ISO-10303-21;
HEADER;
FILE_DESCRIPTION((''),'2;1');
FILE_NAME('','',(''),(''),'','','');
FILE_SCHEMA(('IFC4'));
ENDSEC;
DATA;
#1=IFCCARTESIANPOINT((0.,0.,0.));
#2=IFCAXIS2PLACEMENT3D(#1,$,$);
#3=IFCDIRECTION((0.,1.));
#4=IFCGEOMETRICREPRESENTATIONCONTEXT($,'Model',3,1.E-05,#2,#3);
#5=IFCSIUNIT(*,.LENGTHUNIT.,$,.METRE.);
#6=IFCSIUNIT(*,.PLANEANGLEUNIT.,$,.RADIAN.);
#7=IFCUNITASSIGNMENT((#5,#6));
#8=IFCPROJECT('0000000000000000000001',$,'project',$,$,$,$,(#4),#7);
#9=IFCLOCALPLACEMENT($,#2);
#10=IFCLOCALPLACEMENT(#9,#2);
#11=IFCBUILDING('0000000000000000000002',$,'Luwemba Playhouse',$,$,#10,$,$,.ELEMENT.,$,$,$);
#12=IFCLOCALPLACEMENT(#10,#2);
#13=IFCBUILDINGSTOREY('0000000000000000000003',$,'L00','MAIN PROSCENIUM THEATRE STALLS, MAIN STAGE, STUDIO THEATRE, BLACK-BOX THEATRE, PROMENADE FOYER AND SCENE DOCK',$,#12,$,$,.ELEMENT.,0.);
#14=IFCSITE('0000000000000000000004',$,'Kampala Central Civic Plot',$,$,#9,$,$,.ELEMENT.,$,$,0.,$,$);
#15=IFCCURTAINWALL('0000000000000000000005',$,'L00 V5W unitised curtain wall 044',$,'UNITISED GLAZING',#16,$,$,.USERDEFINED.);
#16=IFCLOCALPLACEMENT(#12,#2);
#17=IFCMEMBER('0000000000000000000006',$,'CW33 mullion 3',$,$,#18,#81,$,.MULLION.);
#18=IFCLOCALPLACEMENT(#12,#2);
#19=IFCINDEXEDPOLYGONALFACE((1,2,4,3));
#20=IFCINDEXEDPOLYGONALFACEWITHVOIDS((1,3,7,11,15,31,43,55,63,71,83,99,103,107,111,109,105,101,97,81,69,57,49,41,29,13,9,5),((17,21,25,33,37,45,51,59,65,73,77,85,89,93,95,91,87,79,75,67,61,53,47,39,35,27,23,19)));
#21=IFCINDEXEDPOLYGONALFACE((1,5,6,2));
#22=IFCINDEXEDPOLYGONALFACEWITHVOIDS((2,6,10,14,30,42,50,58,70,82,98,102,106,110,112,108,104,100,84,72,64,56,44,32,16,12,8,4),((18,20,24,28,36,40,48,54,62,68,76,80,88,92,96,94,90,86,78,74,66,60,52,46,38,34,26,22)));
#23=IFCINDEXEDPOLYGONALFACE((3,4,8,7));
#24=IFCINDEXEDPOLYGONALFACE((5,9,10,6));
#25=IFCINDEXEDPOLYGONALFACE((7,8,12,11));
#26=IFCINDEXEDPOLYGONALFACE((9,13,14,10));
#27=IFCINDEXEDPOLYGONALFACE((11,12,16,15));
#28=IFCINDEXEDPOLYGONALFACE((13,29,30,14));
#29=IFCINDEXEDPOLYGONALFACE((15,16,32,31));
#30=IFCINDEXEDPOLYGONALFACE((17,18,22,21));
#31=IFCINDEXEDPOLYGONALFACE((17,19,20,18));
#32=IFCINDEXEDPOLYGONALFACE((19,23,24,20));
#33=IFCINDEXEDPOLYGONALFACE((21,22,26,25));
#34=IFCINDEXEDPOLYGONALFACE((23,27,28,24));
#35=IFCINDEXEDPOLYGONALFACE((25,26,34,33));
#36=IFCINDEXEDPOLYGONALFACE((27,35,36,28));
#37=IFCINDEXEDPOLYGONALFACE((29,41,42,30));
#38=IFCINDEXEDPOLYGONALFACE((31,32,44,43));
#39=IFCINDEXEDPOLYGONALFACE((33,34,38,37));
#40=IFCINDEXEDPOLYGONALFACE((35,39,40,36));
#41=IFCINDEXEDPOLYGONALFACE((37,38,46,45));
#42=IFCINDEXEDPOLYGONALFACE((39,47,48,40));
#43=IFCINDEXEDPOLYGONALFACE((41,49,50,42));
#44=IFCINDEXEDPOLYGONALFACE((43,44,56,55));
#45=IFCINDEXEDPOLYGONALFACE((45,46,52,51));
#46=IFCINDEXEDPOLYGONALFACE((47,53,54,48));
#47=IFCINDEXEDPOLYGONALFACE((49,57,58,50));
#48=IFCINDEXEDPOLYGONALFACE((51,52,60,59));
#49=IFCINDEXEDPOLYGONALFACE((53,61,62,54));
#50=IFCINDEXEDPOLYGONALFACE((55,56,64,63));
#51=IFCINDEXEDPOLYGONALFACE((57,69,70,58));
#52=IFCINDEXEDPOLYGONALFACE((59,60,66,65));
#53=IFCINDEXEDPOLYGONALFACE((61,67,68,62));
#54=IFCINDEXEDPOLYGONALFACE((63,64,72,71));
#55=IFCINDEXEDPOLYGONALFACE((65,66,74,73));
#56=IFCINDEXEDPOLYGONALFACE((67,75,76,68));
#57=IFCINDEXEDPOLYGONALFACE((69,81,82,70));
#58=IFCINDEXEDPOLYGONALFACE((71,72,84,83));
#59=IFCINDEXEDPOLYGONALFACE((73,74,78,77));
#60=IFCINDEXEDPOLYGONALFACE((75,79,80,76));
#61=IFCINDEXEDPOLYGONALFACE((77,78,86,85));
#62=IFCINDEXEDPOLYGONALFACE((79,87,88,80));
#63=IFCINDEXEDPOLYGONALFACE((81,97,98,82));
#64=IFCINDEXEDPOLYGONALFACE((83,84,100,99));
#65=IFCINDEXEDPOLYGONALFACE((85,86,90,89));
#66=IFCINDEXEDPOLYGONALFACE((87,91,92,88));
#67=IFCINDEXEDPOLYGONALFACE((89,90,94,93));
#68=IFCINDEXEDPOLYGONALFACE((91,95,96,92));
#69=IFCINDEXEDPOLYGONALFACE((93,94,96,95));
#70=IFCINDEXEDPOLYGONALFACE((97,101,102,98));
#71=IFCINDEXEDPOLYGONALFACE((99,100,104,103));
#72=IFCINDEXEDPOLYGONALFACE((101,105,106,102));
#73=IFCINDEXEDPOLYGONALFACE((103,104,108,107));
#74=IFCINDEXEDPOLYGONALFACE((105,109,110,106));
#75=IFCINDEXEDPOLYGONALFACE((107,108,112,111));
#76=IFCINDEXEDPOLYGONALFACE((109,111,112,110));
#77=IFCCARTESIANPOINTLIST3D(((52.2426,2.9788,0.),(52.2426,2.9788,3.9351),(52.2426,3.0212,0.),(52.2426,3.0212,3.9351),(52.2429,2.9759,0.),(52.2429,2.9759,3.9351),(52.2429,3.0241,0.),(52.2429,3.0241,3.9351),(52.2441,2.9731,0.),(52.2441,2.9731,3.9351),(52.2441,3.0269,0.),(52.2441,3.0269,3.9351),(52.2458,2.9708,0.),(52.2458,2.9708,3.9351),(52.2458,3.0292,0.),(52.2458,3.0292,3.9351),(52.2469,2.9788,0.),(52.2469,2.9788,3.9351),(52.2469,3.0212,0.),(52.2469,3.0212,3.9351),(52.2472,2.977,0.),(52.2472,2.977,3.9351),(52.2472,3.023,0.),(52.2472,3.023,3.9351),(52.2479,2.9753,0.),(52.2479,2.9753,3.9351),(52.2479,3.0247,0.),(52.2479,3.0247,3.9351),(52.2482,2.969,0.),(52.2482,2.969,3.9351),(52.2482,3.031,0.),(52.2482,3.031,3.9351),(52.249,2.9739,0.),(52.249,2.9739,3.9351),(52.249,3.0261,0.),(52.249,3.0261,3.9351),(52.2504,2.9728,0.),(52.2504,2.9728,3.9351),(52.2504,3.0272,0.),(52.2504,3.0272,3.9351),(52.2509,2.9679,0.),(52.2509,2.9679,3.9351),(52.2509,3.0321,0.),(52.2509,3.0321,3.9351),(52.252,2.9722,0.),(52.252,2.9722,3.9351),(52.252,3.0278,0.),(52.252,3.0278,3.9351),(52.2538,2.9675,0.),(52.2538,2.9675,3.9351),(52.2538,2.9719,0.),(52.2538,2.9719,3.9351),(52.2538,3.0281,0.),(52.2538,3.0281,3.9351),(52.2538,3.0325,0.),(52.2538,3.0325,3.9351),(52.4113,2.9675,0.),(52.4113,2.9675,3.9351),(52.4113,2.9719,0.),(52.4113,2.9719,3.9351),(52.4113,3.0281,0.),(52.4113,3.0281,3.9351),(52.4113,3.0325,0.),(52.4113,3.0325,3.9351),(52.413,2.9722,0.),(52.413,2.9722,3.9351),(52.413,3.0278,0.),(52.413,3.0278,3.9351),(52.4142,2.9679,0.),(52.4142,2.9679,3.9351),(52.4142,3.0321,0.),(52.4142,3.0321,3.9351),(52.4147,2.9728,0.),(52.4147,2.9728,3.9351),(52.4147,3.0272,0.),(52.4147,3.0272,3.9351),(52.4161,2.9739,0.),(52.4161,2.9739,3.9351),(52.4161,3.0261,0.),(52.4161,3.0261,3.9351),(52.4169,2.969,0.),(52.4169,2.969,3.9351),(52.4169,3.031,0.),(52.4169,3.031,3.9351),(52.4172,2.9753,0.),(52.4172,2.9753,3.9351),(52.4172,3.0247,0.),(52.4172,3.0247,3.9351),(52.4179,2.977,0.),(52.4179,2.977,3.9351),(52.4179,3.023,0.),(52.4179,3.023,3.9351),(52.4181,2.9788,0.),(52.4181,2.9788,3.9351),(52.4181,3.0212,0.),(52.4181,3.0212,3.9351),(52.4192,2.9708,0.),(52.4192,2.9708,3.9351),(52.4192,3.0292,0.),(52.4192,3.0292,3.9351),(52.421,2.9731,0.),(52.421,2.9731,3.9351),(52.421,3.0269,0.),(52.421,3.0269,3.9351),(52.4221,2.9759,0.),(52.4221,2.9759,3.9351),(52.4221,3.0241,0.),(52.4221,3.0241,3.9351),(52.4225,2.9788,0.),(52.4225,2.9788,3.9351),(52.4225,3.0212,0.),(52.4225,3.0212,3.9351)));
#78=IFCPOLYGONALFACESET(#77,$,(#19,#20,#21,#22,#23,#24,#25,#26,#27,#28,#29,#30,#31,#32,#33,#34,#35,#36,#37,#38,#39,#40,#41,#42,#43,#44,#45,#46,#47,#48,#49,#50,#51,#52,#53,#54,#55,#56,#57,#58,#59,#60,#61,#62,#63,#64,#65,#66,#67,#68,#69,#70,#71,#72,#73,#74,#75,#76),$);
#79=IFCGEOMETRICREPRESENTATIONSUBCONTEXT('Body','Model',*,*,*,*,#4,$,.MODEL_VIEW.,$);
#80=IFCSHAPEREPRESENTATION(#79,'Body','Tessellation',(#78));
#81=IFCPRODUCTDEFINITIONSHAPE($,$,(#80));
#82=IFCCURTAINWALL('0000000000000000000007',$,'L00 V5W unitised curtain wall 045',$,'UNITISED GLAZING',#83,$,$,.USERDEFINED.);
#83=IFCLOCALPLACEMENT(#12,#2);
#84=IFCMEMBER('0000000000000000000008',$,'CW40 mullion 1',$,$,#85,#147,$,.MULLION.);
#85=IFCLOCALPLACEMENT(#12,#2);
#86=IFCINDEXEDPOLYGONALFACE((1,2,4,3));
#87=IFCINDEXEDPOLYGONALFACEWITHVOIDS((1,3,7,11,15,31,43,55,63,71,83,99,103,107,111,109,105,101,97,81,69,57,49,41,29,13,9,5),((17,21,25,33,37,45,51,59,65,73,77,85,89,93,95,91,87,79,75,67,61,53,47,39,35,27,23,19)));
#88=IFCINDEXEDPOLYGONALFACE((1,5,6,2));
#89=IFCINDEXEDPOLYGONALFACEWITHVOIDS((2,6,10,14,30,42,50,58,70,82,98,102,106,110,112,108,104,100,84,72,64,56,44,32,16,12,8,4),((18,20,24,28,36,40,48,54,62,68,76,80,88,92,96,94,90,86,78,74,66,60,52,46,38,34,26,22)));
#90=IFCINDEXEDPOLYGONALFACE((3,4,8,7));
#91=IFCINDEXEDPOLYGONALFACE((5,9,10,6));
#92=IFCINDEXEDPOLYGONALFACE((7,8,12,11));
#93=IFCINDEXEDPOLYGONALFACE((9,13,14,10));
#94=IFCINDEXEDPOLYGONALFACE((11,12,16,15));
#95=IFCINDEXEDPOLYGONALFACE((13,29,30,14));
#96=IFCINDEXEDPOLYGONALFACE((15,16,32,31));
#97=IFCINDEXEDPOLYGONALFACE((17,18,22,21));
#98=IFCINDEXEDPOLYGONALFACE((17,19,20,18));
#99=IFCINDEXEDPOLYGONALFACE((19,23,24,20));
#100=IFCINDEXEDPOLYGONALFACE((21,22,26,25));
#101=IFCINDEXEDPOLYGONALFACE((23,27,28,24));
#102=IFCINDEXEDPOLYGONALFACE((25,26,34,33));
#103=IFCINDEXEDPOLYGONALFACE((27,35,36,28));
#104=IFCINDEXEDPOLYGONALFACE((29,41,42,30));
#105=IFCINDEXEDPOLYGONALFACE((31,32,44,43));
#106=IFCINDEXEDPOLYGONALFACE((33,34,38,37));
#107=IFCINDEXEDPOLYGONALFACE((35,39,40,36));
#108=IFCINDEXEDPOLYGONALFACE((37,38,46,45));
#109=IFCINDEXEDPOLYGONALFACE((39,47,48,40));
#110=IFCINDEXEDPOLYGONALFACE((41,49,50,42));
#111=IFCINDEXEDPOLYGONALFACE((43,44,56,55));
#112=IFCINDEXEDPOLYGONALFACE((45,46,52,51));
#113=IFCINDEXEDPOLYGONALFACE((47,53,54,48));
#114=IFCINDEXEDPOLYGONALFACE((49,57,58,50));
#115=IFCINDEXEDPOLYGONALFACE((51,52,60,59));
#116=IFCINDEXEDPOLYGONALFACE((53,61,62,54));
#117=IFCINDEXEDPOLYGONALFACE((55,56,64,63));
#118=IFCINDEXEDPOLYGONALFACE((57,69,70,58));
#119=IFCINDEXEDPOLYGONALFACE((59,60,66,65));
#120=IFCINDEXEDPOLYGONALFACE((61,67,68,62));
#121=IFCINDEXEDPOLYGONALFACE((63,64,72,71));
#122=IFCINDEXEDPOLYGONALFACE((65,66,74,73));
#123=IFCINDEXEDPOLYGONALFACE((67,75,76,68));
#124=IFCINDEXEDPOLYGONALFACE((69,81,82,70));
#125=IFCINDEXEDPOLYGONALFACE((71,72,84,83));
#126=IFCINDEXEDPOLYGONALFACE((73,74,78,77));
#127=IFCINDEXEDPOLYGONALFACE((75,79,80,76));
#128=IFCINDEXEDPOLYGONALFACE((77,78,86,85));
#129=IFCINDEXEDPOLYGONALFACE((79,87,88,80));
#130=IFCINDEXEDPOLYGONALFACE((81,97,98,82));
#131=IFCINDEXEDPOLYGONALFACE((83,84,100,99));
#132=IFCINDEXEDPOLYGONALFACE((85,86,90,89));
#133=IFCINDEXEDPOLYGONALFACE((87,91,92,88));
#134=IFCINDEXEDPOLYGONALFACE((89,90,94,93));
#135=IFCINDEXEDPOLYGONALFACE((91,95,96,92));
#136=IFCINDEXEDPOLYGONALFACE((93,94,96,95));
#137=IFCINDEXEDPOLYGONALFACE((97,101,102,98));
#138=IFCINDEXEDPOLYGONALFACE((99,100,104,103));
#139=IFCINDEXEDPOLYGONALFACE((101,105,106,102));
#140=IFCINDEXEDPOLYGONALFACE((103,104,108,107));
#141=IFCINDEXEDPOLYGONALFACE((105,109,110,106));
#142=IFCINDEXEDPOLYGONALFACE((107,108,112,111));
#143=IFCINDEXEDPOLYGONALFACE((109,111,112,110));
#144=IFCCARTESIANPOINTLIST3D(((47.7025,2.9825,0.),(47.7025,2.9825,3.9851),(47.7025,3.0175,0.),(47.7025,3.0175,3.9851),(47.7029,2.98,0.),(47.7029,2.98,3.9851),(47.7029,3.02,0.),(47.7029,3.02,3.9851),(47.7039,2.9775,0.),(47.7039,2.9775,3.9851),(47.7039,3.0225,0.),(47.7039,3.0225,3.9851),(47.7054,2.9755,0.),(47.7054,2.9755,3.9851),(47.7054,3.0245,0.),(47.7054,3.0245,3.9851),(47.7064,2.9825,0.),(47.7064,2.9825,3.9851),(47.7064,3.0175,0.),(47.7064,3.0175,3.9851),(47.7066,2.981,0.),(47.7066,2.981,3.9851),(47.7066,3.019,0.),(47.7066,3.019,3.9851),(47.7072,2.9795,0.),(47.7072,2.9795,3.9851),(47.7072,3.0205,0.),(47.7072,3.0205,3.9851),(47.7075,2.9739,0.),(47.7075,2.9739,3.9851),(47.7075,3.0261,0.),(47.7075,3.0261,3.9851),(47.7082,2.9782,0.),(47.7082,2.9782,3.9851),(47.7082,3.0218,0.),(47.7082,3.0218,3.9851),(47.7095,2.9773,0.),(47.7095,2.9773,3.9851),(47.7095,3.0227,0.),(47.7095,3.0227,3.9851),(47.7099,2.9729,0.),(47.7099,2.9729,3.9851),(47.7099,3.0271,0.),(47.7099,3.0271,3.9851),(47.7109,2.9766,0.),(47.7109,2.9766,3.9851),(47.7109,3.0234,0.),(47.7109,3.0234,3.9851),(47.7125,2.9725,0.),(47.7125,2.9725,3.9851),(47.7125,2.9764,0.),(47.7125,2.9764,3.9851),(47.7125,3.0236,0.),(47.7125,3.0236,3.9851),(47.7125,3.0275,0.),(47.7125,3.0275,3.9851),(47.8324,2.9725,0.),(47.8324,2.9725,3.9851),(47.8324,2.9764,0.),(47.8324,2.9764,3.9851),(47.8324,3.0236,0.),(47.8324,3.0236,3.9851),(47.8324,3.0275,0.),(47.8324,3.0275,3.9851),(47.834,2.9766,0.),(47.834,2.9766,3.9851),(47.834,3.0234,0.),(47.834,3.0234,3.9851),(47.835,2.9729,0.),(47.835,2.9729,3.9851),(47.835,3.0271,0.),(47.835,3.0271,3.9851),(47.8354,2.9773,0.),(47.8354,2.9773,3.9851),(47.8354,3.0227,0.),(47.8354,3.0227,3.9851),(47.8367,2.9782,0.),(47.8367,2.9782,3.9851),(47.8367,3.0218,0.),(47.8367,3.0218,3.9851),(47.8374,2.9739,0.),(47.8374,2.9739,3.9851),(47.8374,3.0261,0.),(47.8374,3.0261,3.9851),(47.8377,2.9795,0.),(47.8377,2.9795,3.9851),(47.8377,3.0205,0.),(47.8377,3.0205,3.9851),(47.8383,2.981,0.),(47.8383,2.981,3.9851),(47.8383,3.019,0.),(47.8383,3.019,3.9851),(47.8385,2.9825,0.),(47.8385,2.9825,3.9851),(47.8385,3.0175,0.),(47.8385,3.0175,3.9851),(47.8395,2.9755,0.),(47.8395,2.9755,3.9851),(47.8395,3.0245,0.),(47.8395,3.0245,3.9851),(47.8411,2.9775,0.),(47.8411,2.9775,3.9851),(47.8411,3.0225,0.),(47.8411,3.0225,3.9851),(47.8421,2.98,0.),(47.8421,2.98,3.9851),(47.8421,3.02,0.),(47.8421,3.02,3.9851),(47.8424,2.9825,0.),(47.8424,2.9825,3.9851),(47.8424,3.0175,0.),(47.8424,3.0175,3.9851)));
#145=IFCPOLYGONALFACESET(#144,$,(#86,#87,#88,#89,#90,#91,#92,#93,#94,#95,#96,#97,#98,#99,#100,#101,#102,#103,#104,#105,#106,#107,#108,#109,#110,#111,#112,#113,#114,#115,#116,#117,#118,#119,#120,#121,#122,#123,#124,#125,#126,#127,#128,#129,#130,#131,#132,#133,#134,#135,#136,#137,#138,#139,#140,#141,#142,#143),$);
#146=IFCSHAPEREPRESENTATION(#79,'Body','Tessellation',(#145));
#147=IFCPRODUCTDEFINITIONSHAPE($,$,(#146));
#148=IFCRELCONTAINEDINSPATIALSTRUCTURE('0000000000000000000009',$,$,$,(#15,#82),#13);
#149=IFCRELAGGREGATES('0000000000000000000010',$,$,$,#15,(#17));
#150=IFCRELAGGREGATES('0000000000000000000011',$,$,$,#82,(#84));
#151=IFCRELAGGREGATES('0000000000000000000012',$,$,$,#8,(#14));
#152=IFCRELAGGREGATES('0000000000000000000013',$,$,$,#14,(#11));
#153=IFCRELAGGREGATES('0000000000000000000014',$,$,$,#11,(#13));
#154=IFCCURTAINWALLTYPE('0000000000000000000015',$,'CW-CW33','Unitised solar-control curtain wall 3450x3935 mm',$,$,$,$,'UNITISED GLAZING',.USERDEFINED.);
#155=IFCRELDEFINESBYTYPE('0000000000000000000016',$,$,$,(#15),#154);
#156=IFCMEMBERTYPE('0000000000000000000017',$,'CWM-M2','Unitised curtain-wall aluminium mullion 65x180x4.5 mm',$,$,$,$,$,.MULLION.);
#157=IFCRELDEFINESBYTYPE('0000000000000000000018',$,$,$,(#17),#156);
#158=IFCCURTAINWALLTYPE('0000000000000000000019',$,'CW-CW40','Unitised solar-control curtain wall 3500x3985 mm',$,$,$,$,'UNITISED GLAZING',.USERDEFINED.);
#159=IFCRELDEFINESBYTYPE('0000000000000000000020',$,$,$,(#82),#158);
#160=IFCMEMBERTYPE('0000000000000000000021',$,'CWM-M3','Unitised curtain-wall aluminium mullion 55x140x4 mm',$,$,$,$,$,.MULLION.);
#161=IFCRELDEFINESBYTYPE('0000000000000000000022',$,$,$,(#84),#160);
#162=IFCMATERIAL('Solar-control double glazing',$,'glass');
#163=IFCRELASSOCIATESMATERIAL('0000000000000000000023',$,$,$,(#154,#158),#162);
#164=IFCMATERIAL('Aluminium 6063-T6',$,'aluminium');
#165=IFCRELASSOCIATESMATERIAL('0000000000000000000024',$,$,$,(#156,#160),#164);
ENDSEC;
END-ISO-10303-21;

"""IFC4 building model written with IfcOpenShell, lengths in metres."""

from ifc_helpers import new_model, si_unit, direction, frame, origin, origin_2d, place, context, subcontext, project, spatial, hollow_rectangle, extrude, material, material_profile, profile_set, type_object, element, aggregate, save


model = new_model("IFC4")

# Units and contexts
model_context = context("Model", 3, precision=1e-05, world=origin(), true_north=direction((0.0, 1.0)))
body_context = subcontext(model_context, "Body", "Model", "MODEL_VIEW")
ifc_project = project(units=[si_unit("LENGTHUNIT", "METRE"), si_unit("PLANEANGLEUNIT", "RADIAN")], contexts=[model_context])

# Site, building, storey
site_placement = place(None, origin())
site = spatial("IfcSite", under=ifc_project, at=site_placement, Name="Kampala Central Civic Plot", CompositionType="ELEMENT", RefElevation=0.0)
building_placement = place(site_placement, origin())
building = spatial("IfcBuilding", under=site, at=building_placement, Name="Luwemba Playhouse", CompositionType="ELEMENT")
storey_placement = place(building_placement, origin())
storey = spatial("IfcBuildingStorey", under=building, at=storey_placement, Name="L00", Description="MAIN PROSCENIUM THEATRE STALLS, MAIN STAGE, STUDIO THEATRE, BLACK-BOX THEATRE, PROMENADE FOYER AND SCENE DOCK", CompositionType="ELEMENT", Elevation=0.0)

# Curtain wall, member
ifc_material_1 = material(Name="Solar-control double glazing", Category="glass")
curtain_wall_type_1 = type_object("IfcCurtainWallType", Name="CW-CW33", Description="Unitised solar-control curtain wall 3450x3935 mm", ElementType="UNITISED GLAZING", PredefinedType="USERDEFINED", material=ifc_material_1)
curtain_wall_1_placement = place(storey_placement, origin())
curtain_wall_1 = element("IfcCurtainWall", 1, at=curtain_wall_1_placement, inside=storey, type_object=curtain_wall_type_1, Name="L00 V5W unitised curtain wall 044", ObjectType="UNITISED GLAZING", PredefinedType="USERDEFINED")
ifc_material_2 = material(Name="Aluminium 6063-T6", Category="aluminium")
ifc_material_profile_1 = material_profile(ifc_material_2, hollow_rectangle(XDim=0.0649, YDim=0.1799, WallThickness=0.0044, InnerFilletRadius=0.0068, OuterFilletRadius=0.0112, at=origin_2d()))
ifc_profile_set_1 = profile_set([ifc_material_profile_1], Name="Aluminium 6063-T6")
member_type_1 = type_object("IfcMemberType", Name="CWM-M2", Description="Unitised curtain-wall aluminium mullion 65x180x4.5 mm", PredefinedType="MULLION", material=ifc_profile_set_1)
member_1_placement = place(storey_placement, frame((52.3325, 3.0, 0.0), z_axis=(0.0, 0.0, 1.0), x_axis=(0.0, -1.0, 0.0)))
member_1 = element("IfcMember", 2, at=member_1_placement, type_object=member_type_1, Name="CW33 mullion 3", PredefinedType="MULLION", context=body_context, shape_type="SweptSolid", body=[
    extrude(hollow_rectangle(XDim=0.0649, YDim=0.1799, WallThickness=0.0044, InnerFilletRadius=0.0068, OuterFilletRadius=0.0112, at=origin_2d()), origin(), (0.0, 0.0, 1.0), 3.9351),
])

# Curtain wall, member
curtain_wall_type_2 = type_object("IfcCurtainWallType", Name="CW-CW40", Description="Unitised solar-control curtain wall 3500x3985 mm", ElementType="UNITISED GLAZING", PredefinedType="USERDEFINED", material=ifc_material_1)
curtain_wall_2_placement = place(storey_placement, origin())
curtain_wall_2 = element("IfcCurtainWall", 3, at=curtain_wall_2_placement, inside=storey, type_object=curtain_wall_type_2, Name="L00 V5W unitised curtain wall 045", ObjectType="UNITISED GLAZING", PredefinedType="USERDEFINED")
ifc_material_profile_2 = material_profile(ifc_material_2, hollow_rectangle(XDim=0.0549, YDim=0.1399, WallThickness=0.0039, InnerFilletRadius=0.0061, OuterFilletRadius=0.01, at=origin_2d()))
ifc_profile_set_2 = profile_set([ifc_material_profile_2], Name="Aluminium 6063-T6")
member_type_2 = type_object("IfcMemberType", Name="CWM-M3", Description="Unitised curtain-wall aluminium mullion 55x140x4 mm", PredefinedType="MULLION", material=ifc_profile_set_2)
member_2_placement = place(storey_placement, frame((47.7725, 3.0, 0.0), z_axis=(0.0, 0.0, 1.0), x_axis=(0.0, -1.0, 0.0)))
member_2 = element("IfcMember", 4, at=member_2_placement, type_object=member_type_2, Name="CW40 mullion 1", PredefinedType="MULLION", context=body_context, shape_type="SweptSolid", body=[
    extrude(hollow_rectangle(XDim=0.0549, YDim=0.1399, WallThickness=0.0039, InnerFilletRadius=0.0061, OuterFilletRadius=0.01, at=origin_2d()), origin(), (0.0, 0.0, 1.0), 3.9851),
])

aggregate(curtain_wall_1, [member_1])
aggregate(curtain_wall_2, [member_2])

save(model, "model.ifc")
